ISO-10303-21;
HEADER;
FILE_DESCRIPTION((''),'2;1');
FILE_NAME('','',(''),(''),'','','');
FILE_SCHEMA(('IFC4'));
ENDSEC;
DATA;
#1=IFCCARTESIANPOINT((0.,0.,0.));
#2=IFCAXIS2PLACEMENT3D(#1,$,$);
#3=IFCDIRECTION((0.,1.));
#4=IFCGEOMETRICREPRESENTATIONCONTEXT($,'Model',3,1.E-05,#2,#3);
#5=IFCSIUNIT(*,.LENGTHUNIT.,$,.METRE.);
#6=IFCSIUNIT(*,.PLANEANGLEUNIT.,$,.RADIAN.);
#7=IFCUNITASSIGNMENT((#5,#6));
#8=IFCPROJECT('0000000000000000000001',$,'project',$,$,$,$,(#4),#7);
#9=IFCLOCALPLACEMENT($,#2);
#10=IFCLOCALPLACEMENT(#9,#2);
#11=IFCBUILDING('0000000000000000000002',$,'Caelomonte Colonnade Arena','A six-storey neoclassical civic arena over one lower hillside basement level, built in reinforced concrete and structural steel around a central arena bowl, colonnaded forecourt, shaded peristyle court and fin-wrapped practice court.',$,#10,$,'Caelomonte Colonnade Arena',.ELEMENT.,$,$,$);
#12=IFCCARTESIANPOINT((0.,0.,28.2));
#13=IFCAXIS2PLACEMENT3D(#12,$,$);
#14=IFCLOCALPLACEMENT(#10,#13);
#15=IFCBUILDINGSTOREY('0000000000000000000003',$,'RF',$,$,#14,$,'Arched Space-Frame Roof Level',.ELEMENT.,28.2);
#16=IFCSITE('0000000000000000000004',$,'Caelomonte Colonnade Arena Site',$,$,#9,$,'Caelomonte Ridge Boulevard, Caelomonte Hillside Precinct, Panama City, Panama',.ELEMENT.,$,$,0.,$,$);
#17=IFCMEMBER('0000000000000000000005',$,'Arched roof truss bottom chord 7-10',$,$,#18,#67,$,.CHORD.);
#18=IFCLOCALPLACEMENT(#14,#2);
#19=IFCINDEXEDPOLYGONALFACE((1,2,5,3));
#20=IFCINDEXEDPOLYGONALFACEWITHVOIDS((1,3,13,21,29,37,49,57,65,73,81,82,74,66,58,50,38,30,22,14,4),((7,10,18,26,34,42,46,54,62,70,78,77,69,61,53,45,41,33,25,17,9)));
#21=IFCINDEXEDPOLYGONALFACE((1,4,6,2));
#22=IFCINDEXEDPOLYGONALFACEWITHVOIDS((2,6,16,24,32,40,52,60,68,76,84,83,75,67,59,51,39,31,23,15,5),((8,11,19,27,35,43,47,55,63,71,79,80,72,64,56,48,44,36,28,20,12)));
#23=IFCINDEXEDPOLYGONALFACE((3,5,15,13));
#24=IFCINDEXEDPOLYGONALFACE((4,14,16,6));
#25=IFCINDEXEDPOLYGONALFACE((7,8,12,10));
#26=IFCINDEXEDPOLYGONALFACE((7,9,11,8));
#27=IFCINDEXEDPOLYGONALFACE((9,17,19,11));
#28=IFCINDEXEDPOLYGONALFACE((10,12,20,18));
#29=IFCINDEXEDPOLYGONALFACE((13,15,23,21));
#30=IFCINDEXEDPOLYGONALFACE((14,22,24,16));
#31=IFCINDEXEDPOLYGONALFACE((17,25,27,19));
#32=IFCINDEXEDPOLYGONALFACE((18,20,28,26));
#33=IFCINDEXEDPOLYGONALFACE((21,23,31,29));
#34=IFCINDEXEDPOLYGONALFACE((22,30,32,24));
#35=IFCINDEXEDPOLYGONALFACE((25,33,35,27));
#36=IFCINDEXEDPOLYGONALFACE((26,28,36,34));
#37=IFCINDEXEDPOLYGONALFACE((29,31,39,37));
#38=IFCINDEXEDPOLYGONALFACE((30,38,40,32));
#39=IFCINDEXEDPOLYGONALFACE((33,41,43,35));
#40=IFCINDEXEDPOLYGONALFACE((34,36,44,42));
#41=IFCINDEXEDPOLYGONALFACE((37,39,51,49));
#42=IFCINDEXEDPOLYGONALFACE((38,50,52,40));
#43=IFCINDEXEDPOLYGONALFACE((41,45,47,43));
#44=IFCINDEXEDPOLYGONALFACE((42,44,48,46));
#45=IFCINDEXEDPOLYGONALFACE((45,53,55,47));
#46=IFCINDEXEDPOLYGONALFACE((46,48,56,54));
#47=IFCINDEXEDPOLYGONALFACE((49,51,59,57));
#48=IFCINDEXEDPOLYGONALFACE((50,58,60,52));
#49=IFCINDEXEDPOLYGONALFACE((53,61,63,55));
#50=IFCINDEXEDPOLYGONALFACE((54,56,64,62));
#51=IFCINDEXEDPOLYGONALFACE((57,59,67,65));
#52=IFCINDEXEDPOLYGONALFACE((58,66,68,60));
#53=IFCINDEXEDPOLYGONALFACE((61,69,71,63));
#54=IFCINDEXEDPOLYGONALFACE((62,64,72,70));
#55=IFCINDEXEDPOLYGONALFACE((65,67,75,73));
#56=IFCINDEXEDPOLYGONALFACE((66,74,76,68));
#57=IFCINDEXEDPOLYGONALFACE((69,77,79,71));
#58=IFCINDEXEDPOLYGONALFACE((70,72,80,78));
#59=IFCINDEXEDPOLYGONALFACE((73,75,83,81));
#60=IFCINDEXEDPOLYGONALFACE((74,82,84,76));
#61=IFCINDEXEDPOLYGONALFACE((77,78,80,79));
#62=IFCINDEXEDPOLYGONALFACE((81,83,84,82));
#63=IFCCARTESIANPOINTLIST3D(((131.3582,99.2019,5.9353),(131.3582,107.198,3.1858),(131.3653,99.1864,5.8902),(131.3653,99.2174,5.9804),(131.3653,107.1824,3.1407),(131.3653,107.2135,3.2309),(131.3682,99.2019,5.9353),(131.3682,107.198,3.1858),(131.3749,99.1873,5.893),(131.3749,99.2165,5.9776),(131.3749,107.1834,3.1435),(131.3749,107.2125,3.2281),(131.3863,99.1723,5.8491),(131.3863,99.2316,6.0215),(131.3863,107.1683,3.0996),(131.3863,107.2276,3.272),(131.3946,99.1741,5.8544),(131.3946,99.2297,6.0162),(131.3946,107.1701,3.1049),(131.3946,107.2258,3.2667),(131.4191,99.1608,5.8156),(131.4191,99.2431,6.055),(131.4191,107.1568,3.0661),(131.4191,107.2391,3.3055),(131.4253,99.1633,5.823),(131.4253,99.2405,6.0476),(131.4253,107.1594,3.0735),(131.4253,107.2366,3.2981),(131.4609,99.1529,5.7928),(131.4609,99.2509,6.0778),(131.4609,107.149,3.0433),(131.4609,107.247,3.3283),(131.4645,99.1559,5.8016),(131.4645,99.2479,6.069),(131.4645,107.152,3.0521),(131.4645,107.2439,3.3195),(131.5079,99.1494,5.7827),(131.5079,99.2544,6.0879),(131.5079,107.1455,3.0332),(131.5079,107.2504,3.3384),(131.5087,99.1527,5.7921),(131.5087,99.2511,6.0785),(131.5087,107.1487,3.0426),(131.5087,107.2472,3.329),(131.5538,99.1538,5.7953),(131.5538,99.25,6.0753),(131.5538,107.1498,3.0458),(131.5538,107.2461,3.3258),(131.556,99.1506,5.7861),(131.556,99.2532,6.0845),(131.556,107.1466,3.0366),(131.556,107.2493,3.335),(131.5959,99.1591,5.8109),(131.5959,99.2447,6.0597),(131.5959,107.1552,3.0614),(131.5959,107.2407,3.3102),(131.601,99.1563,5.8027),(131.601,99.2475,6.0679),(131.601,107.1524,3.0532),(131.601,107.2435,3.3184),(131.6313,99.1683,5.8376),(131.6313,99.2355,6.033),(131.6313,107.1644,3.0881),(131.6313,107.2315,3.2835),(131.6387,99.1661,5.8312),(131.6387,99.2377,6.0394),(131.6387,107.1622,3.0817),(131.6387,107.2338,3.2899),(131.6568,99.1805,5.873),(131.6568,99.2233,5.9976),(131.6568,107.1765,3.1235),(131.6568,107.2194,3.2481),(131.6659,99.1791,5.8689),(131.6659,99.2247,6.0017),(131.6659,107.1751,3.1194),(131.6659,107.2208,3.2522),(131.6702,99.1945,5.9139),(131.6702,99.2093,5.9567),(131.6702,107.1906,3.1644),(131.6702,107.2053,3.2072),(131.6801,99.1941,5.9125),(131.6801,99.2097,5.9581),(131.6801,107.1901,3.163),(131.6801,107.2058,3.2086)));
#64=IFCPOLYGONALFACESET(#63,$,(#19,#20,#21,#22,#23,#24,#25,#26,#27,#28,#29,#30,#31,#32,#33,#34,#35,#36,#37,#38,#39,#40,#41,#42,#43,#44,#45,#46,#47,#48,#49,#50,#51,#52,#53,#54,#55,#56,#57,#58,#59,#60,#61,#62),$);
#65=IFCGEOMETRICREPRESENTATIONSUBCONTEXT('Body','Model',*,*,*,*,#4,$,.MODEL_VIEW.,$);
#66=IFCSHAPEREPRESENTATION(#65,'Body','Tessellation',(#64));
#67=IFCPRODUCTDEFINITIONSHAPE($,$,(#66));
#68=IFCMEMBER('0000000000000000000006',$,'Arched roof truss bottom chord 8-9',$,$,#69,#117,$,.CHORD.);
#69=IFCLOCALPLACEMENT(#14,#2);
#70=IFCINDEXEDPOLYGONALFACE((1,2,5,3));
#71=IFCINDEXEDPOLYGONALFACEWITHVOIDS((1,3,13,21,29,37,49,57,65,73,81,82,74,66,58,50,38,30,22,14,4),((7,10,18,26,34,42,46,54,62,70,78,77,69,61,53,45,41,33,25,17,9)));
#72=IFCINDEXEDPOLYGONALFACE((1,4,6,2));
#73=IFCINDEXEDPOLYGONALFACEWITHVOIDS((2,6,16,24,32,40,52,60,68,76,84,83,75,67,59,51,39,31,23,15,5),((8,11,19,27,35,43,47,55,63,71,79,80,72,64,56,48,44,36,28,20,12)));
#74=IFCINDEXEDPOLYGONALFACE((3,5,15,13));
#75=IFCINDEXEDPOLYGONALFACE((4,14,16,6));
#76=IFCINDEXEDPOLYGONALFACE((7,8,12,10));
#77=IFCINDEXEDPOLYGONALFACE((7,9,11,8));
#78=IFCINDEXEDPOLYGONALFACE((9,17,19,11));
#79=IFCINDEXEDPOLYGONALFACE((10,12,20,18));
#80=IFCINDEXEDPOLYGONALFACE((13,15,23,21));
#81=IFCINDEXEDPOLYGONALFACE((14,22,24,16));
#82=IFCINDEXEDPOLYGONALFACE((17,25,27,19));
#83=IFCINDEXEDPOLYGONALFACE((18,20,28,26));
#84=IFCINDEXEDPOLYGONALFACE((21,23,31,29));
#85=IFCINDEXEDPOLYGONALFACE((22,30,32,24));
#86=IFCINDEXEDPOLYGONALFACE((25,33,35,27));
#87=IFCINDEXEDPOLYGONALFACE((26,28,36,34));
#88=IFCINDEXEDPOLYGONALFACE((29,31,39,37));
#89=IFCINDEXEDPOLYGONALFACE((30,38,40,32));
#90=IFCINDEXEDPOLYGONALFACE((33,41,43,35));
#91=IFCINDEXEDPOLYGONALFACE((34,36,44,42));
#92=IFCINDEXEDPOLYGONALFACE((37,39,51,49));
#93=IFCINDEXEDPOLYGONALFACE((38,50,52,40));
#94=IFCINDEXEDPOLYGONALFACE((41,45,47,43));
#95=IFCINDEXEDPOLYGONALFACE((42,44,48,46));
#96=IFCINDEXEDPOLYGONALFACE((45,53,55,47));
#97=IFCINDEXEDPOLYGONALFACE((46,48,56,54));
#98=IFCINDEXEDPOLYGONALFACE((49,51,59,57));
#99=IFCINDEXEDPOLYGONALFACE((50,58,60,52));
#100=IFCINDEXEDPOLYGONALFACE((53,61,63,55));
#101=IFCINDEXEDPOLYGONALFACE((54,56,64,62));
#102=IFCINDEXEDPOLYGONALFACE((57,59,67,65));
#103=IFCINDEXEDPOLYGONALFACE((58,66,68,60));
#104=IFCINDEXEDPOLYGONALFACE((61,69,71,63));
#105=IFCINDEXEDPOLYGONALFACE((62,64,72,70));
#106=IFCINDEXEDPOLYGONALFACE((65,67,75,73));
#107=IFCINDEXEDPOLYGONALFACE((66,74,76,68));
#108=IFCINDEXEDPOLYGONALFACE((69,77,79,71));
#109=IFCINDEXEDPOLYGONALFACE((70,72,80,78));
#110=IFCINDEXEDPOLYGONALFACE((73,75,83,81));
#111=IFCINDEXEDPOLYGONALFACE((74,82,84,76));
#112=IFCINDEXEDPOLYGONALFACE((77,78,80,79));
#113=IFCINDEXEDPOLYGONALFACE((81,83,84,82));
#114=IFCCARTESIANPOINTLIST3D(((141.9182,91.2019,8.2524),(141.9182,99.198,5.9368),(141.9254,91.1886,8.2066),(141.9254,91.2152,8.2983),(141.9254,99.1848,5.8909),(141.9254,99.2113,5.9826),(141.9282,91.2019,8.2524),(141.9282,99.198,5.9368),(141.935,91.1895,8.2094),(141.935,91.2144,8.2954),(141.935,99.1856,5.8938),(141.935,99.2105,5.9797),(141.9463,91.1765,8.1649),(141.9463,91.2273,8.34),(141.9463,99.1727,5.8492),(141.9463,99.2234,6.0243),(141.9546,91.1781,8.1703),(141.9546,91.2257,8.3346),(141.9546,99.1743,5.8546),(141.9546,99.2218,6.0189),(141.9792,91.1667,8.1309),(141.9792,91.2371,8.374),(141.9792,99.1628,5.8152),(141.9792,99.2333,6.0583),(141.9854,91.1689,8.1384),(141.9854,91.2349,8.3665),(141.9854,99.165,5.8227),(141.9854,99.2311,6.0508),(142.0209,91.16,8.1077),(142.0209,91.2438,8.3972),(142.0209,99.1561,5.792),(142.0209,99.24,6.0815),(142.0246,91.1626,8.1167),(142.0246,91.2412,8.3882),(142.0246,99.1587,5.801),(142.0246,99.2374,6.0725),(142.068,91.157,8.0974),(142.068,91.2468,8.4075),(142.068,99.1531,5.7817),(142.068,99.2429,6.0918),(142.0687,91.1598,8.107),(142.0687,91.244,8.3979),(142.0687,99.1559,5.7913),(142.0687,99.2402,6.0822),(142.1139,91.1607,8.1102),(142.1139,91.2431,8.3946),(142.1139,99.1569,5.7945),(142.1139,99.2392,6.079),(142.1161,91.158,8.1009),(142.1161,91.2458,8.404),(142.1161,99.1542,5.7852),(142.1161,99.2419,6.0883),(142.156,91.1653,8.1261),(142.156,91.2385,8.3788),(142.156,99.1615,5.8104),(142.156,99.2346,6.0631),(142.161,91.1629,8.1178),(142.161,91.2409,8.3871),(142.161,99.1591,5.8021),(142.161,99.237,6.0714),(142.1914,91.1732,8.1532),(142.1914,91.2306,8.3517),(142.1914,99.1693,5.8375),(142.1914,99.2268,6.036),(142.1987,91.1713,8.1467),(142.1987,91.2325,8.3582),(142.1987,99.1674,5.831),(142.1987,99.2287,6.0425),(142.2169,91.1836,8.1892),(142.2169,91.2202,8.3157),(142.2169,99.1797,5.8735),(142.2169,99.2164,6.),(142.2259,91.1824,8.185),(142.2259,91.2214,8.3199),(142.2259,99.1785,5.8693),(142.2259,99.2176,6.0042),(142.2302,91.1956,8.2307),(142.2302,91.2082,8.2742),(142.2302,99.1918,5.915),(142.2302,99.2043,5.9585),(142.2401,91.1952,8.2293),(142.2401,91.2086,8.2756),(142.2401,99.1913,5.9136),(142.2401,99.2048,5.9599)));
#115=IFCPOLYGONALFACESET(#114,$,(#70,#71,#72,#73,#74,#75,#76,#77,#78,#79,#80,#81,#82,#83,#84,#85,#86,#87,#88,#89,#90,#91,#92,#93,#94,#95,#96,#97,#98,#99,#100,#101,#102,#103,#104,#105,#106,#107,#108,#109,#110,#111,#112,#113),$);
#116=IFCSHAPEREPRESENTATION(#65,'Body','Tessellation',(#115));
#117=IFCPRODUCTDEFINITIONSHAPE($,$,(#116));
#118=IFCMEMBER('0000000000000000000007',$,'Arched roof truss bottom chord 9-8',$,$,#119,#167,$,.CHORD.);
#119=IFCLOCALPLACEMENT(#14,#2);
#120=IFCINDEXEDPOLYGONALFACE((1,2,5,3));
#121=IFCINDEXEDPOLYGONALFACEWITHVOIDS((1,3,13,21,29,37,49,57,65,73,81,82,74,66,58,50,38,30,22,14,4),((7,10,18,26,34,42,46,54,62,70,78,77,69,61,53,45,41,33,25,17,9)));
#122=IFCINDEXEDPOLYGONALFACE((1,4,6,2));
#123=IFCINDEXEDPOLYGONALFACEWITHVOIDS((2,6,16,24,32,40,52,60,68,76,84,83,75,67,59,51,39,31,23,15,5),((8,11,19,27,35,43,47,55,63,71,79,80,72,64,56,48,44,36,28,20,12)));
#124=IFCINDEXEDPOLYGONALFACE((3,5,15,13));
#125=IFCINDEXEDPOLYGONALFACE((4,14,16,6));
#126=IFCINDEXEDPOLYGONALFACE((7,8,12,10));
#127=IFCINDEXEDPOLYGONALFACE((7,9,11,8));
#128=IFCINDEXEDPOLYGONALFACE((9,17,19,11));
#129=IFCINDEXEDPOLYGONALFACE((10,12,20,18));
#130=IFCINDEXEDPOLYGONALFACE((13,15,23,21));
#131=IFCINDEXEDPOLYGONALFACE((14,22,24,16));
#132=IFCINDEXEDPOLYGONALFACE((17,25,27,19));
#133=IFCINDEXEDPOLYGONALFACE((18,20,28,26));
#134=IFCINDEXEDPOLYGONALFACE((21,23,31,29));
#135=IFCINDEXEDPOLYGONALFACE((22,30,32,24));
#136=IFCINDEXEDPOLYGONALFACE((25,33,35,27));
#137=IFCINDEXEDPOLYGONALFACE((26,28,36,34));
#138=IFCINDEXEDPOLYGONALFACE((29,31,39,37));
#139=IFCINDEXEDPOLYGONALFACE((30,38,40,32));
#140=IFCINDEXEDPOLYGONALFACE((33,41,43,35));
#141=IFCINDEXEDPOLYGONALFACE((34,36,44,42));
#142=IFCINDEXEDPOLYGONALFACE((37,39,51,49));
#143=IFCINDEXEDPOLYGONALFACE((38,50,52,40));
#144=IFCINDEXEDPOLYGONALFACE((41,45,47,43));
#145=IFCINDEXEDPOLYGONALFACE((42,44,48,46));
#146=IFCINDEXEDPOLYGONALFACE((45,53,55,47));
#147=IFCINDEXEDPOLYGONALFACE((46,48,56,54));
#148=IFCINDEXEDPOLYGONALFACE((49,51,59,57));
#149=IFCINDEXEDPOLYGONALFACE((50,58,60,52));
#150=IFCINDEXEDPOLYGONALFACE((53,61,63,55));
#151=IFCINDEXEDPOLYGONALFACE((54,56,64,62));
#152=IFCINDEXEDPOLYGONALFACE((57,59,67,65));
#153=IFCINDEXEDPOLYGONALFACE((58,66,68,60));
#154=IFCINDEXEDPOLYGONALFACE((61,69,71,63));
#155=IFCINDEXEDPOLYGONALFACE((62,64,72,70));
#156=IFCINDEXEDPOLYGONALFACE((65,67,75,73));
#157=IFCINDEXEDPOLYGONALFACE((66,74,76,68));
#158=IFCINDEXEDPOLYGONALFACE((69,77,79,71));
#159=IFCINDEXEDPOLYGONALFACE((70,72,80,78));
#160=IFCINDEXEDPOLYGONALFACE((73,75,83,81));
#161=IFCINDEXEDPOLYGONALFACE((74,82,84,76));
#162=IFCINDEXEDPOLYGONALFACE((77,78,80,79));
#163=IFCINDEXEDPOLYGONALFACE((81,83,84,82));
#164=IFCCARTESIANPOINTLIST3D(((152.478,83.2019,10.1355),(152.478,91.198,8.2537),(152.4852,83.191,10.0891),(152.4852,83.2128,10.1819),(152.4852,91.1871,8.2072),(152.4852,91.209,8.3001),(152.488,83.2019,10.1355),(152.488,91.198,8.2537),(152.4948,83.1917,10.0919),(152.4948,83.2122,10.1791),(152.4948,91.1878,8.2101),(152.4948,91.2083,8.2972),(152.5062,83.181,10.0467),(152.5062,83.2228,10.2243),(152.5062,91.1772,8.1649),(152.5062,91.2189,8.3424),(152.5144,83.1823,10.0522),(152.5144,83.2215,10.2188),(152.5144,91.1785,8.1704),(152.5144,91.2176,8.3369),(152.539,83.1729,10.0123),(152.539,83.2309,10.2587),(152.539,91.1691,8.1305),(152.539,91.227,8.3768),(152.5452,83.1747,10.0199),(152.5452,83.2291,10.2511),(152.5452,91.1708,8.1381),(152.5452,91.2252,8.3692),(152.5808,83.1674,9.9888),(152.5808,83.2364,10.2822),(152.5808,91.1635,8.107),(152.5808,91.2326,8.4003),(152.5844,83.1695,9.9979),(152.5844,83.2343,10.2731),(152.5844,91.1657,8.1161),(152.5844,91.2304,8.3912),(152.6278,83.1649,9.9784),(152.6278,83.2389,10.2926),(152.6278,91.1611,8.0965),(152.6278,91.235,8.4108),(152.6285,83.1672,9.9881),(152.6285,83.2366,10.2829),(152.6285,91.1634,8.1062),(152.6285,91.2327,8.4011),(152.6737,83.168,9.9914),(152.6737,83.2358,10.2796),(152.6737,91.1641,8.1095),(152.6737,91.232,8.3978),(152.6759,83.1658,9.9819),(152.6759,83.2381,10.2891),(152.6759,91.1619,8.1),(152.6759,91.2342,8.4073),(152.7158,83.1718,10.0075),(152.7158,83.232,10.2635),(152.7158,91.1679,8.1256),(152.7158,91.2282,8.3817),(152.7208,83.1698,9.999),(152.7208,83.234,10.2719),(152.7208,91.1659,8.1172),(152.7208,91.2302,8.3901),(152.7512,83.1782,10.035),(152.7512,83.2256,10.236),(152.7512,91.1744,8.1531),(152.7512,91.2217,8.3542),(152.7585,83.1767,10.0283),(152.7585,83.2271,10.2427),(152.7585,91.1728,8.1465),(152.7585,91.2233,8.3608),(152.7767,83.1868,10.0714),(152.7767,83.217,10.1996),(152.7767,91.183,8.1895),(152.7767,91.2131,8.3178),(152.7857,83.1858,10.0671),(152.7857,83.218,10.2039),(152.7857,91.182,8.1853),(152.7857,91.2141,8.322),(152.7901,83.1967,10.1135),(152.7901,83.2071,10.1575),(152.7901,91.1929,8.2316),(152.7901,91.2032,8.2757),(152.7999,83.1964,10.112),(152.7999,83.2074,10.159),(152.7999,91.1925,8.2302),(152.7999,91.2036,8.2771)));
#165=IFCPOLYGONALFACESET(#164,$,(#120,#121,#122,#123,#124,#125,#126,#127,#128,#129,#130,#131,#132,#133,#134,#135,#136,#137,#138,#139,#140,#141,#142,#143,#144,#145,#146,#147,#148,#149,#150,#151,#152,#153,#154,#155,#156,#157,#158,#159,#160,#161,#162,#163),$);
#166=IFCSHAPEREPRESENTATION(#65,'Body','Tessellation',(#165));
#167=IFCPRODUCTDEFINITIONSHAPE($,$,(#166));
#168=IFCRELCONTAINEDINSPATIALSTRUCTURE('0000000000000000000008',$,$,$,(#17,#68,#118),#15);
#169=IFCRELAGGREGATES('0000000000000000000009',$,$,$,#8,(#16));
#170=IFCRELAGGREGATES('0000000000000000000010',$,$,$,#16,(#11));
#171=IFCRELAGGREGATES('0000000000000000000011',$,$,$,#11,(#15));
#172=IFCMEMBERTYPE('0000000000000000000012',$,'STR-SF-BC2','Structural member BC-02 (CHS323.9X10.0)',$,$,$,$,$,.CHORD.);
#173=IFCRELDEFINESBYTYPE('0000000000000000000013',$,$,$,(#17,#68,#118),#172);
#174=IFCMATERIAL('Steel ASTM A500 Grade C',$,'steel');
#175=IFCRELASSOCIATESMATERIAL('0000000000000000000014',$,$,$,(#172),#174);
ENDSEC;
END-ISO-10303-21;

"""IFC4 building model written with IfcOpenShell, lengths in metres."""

from ifc_helpers import new_model, si_unit, direction, frame, origin, origin_2d, place, context, subcontext, project, spatial, hollow_circle, extrude, material, material_profile, profile_set, type_object, element, save


model = new_model("IFC4")

# Units and contexts
model_context = context("Model", 3, precision=1e-05, world=origin(), true_north=direction((0.0, 1.0)))
body_context = subcontext(model_context, "Body", "Model", "MODEL_VIEW")
ifc_project = project(units=[si_unit("LENGTHUNIT", "METRE"), si_unit("PLANEANGLEUNIT", "RADIAN")], contexts=[model_context])

# Site, building, storey
site_placement = place(None, origin())
site = spatial("IfcSite", under=ifc_project, at=site_placement, Name="Caelomonte Colonnade Arena Site", LongName="Caelomonte Ridge Boulevard, Caelomonte Hillside Precinct, Panama City, Panama", CompositionType="ELEMENT", RefElevation=0.0)
building_placement = place(site_placement, origin())
building = spatial("IfcBuilding", under=site, at=building_placement, Name="Caelomonte Colonnade Arena", Description="A six-storey neoclassical civic arena over one lower hillside basement level, built in reinforced concrete and structural steel around a central arena bowl, colonnaded forecourt, shaded peristyle court and fin-wrapped practice court.", LongName="Caelomonte Colonnade Arena", CompositionType="ELEMENT")
storey_placement = place(building_placement, frame((0.0, 0.0, 28.2)))
storey = spatial("IfcBuildingStorey", under=building, at=storey_placement, Name="RF", LongName="Arched Space-Frame Roof Level", CompositionType="ELEMENT", Elevation=28.2)

# Members
ifc_material_1 = material(Name="Steel ASTM A500 Grade C", Category="steel")
ifc_material_profile_1 = material_profile(ifc_material_1, hollow_circle(Radius=0.1619, WallThickness=0.01, at=origin_2d()), Name="CHS323.9X10.0")
ifc_profile_set_1 = profile_set([ifc_material_profile_1], Name="Steel ASTM A500 Grade C")
member_type_1 = type_object("IfcMemberType", Name="STR-SF-BC2", Description="Structural member BC-02 (CHS323.9X10.0)", PredefinedType="CHORD", material=ifc_profile_set_1)
member_1_placement = place(storey_placement, frame((131.52, 99.2019, 5.9353), z_axis=(0.0, 0.945656, -0.32517), x_axis=(-1.0, 0.0, 0.0)))
element("IfcMember", 1, at=member_1_placement, inside=storey, type_object=member_type_1, Name="Arched roof truss bottom chord 7-10", PredefinedType="CHORD", context=body_context, shape_type="SweptSolid", body=[
    extrude(hollow_circle(Radius=0.1619, WallThickness=0.01, at=origin_2d()), origin(), (0.0, 0.0, 1.0), 8.4556),
])
member_2_placement = place(storey_placement, frame((142.0801, 91.2019, 8.2524), z_axis=(0.0, 0.960532, -0.278171), x_axis=(-1.0, 0.0, 0.0)))
element("IfcMember", 2, at=member_2_placement, inside=storey, type_object=member_type_1, Name="Arched roof truss bottom chord 8-9", PredefinedType="CHORD", context=body_context, shape_type="SweptSolid", body=[
    extrude(hollow_circle(Radius=0.1619, WallThickness=0.01, at=origin_2d()), origin(), (0.0, 0.0, 1.0), 8.3247),
])
member_3_placement = place(storey_placement, frame((152.6399, 83.2019, 10.1355), z_axis=(0.0, 0.973406, -0.229086), x_axis=(-1.0, 0.0, 0.0)))
element("IfcMember", 3, at=member_3_placement, inside=storey, type_object=member_type_1, Name="Arched roof truss bottom chord 9-8", PredefinedType="CHORD", context=body_context, shape_type="SweptSolid", body=[
    extrude(hollow_circle(Radius=0.1619, WallThickness=0.01, at=origin_2d()), origin(), (0.0, 0.0, 1.0), 8.2146),
])

save(model, "model.ifc")
